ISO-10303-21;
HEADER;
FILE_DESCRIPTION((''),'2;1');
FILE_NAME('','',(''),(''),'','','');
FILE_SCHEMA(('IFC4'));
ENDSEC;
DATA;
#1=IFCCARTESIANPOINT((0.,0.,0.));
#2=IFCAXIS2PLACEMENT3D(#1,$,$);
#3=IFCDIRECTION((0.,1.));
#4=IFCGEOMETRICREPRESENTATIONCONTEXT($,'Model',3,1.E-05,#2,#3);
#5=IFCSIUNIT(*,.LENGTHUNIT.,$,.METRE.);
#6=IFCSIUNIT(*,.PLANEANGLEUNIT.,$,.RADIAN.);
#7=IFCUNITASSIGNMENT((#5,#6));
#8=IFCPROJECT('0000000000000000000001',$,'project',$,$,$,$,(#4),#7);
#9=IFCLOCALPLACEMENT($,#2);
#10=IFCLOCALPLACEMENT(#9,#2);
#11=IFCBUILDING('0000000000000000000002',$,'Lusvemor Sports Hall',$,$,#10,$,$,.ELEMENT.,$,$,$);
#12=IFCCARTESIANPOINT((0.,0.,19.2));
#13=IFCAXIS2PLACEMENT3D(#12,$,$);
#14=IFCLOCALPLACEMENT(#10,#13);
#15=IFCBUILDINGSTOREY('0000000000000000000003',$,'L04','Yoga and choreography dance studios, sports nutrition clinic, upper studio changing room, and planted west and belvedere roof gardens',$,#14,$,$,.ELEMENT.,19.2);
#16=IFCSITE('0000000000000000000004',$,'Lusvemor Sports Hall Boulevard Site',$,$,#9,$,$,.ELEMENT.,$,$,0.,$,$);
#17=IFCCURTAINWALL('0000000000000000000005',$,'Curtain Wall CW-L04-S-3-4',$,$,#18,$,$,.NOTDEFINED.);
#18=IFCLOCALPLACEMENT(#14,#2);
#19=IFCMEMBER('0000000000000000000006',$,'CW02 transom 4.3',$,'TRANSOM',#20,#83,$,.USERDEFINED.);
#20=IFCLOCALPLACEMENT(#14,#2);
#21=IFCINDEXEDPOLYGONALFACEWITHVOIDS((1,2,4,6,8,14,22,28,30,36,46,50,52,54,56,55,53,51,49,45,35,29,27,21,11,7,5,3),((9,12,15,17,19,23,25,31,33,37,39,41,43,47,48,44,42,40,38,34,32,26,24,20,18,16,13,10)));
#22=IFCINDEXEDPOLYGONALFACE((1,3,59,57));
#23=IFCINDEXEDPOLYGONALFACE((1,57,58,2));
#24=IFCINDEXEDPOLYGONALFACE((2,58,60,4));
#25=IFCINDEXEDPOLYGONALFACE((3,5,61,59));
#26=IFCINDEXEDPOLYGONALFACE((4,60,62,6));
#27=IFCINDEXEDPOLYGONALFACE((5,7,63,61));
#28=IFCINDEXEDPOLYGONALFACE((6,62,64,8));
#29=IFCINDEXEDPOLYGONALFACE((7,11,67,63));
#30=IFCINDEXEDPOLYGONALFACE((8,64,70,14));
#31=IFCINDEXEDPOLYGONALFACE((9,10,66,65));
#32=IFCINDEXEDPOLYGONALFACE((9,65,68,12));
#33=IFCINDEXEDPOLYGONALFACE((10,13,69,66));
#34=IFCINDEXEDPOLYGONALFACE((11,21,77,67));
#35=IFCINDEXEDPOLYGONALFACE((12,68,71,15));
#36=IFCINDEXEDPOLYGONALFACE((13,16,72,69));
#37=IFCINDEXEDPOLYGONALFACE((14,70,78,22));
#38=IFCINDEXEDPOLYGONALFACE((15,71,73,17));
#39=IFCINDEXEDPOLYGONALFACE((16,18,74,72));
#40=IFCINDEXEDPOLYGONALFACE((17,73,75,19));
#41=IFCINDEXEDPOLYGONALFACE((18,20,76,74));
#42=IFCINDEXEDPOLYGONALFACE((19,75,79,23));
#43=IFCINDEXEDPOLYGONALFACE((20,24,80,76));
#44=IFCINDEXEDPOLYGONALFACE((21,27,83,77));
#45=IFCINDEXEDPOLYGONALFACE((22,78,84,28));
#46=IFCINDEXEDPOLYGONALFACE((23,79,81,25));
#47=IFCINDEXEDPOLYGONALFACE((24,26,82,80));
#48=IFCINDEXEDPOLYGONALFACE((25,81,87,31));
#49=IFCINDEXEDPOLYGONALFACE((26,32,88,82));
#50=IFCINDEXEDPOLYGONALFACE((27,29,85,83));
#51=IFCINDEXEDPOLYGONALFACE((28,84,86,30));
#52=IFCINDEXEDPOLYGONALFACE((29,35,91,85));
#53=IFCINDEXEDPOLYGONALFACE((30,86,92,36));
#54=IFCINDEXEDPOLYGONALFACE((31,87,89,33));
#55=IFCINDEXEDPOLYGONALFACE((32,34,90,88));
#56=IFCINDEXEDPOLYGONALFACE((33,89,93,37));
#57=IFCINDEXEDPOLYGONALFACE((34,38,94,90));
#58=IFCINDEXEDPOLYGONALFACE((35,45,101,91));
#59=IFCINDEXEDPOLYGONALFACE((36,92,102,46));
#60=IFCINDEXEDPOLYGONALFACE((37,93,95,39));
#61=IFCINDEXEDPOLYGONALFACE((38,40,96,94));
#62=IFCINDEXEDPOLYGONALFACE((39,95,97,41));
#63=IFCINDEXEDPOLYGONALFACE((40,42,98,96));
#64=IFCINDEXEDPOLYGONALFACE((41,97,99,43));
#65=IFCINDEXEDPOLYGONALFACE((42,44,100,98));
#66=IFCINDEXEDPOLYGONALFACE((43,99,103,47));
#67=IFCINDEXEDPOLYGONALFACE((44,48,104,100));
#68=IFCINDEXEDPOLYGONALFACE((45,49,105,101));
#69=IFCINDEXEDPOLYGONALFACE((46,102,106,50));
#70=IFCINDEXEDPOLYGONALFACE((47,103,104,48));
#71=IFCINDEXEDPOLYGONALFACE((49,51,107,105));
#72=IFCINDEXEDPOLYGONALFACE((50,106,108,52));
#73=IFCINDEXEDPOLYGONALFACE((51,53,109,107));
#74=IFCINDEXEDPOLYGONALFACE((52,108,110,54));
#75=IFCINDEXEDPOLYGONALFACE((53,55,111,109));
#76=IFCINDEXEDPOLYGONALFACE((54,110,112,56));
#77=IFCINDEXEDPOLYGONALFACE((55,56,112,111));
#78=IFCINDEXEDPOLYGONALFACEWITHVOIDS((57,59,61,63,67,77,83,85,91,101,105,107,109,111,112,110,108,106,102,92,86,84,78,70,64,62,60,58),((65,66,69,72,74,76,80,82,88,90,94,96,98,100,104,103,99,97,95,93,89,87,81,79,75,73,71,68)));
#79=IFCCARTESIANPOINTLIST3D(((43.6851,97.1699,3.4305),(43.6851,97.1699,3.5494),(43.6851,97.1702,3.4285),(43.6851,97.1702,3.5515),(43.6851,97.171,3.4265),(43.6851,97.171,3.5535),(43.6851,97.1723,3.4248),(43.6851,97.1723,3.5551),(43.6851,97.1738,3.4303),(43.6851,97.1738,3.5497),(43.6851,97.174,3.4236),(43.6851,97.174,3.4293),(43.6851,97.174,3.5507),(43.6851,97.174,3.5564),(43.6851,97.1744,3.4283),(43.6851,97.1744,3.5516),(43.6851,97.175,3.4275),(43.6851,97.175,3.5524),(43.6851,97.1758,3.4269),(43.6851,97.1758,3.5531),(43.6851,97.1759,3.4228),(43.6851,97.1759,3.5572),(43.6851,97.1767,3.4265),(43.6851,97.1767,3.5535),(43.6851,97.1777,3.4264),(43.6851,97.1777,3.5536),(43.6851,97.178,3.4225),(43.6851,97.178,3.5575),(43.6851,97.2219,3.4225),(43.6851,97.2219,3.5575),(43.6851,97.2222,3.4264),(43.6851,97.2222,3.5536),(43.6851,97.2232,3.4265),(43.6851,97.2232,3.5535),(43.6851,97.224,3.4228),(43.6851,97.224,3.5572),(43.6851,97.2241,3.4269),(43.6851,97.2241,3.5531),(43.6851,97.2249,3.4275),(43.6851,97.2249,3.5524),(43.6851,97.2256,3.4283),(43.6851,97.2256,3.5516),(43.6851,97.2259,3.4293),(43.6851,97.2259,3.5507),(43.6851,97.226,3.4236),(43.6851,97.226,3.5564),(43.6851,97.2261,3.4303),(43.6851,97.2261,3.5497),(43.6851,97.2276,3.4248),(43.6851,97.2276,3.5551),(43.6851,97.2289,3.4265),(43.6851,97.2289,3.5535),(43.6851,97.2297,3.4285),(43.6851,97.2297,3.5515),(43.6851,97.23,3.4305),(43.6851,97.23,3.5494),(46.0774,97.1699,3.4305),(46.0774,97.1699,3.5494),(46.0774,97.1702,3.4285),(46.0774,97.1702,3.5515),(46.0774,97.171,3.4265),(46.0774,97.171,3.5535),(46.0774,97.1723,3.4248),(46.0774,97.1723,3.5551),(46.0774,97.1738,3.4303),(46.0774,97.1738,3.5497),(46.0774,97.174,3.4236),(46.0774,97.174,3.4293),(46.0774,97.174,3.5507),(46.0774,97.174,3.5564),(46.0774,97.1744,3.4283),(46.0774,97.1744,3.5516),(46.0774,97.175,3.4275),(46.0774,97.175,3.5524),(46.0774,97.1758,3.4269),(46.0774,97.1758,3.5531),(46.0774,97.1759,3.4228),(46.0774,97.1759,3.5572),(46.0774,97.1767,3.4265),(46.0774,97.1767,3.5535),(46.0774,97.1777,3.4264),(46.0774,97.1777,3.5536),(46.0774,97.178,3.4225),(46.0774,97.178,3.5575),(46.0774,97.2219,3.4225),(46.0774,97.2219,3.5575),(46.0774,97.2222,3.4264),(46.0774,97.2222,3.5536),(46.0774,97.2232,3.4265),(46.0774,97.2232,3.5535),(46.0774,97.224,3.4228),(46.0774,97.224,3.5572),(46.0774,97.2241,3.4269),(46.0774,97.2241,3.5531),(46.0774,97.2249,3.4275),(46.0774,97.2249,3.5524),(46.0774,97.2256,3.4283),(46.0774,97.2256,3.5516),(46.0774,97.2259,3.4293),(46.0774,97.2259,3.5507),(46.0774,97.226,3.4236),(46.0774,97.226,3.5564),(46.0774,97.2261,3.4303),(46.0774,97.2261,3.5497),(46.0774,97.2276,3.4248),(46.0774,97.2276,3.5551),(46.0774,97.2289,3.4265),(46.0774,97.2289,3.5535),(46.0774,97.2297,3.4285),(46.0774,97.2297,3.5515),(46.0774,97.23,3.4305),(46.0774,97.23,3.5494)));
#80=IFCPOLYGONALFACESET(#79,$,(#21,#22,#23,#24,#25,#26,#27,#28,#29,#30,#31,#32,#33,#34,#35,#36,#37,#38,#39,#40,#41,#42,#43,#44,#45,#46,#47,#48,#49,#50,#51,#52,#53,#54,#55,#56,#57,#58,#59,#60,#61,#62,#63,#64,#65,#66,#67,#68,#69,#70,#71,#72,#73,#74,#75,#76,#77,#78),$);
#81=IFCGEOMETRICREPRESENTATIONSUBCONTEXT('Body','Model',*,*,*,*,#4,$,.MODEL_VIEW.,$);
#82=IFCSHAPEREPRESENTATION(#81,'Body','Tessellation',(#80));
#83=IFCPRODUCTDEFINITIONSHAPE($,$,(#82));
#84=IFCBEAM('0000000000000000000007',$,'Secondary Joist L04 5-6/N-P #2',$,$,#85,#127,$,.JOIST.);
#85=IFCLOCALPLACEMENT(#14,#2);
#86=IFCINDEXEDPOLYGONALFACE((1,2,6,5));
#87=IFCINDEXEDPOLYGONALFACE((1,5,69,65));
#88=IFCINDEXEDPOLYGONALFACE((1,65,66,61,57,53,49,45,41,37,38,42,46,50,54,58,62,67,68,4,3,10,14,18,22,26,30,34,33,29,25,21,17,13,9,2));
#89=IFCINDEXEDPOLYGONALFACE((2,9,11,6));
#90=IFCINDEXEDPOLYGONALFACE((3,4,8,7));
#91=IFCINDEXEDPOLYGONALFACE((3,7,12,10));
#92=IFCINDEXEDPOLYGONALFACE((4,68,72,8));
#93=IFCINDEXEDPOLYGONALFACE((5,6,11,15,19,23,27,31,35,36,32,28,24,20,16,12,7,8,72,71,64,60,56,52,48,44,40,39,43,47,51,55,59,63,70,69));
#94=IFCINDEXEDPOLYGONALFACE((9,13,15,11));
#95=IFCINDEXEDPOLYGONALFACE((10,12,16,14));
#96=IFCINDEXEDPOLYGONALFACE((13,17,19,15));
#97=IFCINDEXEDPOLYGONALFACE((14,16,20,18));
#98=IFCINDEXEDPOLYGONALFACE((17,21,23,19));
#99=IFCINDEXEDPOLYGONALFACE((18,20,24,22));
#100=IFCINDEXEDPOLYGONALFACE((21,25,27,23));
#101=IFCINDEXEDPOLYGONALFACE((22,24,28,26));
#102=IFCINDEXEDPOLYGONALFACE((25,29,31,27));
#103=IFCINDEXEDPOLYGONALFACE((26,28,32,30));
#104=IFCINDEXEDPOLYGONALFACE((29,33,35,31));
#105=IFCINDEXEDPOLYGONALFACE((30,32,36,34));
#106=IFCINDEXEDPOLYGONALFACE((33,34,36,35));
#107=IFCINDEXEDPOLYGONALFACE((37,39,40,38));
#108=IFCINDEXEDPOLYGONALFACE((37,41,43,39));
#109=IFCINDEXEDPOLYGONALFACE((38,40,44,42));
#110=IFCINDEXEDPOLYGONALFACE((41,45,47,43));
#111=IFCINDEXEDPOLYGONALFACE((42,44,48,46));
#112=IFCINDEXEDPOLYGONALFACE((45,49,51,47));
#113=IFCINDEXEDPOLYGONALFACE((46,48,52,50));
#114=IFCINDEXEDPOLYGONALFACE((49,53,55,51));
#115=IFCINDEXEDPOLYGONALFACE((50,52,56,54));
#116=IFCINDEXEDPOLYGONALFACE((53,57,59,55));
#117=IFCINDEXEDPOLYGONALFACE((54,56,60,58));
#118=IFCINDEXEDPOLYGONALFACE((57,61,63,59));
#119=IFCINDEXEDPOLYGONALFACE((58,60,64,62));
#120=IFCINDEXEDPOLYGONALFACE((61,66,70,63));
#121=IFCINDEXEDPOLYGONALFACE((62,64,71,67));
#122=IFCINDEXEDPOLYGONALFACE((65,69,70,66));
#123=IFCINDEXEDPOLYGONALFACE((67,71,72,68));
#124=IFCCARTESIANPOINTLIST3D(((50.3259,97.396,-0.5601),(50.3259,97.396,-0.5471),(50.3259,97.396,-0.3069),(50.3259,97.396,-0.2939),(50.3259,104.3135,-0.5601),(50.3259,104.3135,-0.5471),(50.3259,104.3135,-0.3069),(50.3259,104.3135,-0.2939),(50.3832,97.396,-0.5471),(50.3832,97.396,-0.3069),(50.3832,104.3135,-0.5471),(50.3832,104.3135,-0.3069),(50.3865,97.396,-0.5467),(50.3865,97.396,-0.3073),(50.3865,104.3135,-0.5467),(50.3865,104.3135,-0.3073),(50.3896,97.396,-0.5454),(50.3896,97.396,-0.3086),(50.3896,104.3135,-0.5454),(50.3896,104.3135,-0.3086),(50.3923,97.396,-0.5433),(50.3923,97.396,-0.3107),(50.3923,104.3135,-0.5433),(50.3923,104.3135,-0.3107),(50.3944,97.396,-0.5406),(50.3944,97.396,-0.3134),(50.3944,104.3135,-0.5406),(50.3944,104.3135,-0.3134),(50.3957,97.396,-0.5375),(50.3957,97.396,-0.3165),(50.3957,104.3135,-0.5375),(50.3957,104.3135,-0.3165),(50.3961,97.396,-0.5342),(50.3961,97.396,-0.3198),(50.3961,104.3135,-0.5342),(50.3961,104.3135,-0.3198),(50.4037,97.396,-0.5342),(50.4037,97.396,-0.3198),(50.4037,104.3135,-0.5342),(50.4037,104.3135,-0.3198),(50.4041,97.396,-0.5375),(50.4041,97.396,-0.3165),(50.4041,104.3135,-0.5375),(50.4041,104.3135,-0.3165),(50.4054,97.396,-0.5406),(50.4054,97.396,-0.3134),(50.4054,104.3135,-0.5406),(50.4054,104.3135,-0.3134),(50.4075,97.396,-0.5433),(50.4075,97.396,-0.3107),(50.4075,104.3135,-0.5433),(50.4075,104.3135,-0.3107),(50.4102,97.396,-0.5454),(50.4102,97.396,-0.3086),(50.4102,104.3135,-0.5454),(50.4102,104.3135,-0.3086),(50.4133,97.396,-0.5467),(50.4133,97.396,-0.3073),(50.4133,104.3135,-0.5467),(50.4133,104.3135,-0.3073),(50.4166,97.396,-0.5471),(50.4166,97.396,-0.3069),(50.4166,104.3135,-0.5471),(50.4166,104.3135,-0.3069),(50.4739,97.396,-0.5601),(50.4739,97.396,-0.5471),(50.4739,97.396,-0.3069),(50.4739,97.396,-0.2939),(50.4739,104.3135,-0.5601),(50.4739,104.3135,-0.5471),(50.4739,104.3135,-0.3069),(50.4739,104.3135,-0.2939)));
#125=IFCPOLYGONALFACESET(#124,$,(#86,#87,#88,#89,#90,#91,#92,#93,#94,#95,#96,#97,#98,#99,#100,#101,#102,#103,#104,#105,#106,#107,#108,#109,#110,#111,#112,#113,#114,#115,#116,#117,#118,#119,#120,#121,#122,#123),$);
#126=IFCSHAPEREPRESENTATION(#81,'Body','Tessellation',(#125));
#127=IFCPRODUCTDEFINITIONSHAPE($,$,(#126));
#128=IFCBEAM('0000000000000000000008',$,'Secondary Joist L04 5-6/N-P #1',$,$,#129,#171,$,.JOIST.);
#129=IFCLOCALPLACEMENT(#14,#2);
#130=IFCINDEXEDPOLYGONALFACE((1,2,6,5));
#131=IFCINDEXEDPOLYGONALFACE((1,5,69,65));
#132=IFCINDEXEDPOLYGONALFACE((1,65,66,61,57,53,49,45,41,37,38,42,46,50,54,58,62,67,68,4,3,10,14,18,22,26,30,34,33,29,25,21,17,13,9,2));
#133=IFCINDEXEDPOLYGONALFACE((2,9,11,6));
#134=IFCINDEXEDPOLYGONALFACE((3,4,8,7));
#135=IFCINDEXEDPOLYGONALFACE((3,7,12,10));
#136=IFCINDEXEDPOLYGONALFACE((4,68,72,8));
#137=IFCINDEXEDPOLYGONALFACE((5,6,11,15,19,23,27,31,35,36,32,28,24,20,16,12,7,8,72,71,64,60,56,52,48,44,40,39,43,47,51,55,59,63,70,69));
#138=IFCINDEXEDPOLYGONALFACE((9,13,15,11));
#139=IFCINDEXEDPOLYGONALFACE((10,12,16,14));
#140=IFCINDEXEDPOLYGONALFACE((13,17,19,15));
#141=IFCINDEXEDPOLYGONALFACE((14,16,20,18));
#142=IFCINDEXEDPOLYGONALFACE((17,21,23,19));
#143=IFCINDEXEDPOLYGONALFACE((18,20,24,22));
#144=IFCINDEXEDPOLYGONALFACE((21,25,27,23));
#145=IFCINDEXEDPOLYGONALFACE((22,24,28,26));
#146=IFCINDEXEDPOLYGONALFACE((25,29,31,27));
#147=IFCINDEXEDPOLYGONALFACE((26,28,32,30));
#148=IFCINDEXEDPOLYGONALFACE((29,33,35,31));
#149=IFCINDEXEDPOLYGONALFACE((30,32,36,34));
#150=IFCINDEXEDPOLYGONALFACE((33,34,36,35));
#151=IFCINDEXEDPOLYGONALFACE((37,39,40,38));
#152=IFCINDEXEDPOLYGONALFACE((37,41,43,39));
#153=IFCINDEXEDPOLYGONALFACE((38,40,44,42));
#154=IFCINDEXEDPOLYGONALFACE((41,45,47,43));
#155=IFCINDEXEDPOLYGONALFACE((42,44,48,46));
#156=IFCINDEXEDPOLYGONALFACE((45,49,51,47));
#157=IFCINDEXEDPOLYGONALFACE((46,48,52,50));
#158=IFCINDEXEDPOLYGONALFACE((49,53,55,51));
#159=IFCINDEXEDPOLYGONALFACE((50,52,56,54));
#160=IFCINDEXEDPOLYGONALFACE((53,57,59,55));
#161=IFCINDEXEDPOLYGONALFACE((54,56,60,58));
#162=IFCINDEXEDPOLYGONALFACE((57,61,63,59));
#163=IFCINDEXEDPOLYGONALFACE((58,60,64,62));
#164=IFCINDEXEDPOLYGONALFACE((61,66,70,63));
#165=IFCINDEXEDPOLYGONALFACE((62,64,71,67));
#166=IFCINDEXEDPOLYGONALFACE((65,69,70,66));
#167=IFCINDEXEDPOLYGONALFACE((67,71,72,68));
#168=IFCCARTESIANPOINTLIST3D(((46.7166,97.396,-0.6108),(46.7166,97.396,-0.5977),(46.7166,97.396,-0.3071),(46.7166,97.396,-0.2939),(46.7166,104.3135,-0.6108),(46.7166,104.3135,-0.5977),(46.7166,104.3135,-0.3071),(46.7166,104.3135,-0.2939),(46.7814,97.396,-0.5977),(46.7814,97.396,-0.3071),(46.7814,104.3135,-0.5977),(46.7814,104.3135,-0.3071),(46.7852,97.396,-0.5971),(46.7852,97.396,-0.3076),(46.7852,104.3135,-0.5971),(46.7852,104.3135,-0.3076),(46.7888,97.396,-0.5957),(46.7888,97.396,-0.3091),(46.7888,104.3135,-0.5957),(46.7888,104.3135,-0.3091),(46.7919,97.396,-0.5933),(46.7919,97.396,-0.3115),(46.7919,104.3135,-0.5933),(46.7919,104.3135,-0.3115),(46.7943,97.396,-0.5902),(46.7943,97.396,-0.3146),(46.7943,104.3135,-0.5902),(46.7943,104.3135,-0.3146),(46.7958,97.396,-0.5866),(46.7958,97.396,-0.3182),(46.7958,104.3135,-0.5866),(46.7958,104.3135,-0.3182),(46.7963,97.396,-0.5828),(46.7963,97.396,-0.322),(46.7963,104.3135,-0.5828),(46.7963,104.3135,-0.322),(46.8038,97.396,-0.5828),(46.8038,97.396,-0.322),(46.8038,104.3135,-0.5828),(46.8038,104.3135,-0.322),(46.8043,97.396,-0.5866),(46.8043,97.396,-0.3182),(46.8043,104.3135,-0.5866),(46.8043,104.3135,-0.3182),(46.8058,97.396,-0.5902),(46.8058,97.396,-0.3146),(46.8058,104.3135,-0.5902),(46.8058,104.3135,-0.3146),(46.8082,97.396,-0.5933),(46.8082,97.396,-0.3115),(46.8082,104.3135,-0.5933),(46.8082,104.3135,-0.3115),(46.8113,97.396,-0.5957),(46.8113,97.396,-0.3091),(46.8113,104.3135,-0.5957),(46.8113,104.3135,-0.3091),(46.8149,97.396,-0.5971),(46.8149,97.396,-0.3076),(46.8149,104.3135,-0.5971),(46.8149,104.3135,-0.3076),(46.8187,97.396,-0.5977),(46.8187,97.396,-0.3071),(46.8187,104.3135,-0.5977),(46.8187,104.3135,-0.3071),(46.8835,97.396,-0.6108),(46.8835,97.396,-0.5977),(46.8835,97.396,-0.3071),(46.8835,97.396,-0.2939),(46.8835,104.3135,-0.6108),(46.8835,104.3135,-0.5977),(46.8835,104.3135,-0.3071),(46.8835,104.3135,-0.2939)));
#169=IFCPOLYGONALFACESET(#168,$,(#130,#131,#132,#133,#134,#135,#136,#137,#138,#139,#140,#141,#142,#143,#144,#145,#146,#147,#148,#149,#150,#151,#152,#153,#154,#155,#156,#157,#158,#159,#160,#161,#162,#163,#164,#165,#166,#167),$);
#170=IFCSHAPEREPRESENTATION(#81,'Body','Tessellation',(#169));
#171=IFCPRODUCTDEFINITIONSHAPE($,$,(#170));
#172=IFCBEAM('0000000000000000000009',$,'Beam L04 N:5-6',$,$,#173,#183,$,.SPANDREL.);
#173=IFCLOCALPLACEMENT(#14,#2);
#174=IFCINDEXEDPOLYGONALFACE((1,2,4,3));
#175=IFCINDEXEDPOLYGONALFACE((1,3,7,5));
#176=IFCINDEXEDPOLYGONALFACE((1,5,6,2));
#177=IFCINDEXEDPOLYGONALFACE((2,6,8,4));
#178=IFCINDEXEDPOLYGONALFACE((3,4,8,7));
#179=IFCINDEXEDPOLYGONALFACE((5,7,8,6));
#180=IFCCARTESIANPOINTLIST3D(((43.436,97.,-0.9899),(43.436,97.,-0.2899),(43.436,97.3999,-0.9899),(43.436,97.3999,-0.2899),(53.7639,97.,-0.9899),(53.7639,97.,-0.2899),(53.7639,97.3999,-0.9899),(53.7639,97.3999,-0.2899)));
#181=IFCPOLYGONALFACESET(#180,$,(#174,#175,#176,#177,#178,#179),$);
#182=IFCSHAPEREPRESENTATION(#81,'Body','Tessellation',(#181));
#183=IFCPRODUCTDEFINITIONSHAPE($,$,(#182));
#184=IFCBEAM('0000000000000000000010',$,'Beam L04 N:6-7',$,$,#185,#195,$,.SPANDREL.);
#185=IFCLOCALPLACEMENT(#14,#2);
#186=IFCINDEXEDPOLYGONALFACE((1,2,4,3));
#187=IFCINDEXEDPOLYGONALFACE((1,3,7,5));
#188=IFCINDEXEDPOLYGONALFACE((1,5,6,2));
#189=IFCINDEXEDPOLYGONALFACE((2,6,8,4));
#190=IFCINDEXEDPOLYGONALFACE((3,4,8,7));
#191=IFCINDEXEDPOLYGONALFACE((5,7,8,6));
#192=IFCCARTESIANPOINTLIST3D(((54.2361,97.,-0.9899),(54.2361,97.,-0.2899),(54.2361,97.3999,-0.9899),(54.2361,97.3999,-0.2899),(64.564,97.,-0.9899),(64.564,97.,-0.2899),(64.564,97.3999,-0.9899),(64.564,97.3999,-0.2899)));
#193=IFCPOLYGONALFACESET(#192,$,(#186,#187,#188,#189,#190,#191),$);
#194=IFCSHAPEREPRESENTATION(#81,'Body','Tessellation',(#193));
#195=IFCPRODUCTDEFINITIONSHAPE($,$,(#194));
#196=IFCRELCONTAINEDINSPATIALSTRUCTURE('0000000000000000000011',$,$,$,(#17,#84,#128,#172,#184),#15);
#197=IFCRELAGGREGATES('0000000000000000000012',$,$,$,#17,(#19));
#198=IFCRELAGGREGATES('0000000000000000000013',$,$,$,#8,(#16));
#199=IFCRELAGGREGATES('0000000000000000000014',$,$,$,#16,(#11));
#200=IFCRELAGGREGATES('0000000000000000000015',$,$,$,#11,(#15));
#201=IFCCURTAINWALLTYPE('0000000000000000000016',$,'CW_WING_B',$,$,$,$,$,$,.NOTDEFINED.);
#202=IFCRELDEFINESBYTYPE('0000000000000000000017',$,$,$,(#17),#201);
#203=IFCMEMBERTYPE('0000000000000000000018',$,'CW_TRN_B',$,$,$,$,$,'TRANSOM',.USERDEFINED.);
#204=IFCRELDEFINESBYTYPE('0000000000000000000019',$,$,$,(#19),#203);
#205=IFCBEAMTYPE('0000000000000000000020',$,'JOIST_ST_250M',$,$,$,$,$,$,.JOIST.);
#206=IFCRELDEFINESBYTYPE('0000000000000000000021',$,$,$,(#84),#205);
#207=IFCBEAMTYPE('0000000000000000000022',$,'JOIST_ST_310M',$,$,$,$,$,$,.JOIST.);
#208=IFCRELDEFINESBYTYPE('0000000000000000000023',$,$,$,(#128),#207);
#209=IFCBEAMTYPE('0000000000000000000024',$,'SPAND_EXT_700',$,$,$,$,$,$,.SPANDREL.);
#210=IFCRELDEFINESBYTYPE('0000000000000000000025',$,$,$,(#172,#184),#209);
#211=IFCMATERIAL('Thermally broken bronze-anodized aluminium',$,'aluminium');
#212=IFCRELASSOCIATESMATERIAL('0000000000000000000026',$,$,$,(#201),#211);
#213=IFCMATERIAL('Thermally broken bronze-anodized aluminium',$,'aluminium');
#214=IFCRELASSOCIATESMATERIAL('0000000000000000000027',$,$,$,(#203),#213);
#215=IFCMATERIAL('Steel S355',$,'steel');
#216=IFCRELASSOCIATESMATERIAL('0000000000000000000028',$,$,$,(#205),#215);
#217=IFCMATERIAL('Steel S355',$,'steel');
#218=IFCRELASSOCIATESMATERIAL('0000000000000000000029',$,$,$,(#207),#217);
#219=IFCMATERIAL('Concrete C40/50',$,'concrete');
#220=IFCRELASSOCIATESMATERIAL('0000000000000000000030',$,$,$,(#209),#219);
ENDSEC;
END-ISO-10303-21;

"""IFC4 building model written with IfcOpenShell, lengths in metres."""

from ifc_helpers import new_model, si_unit, direction, frame, origin, origin_2d, place, context, subcontext, project, spatial, rectangle, hollow_rectangle, i_section, extrude, material, material_profile, profile_set, type_object, element, aggregate, save


model = new_model("IFC4")

# Units and contexts
model_context = context("Model", 3, precision=1e-05, world=origin(), true_north=direction((0.0, 1.0)))
body_context = subcontext(model_context, "Body", "Model", "MODEL_VIEW")
ifc_project = project(units=[si_unit("LENGTHUNIT", "METRE"), si_unit("PLANEANGLEUNIT", "RADIAN")], contexts=[model_context])

# Site, building, storey
site_placement = place(None, origin())
site = spatial("IfcSite", under=ifc_project, at=site_placement, Name="Lusvemor Sports Hall Boulevard Site", CompositionType="ELEMENT", RefElevation=0.0)
building_placement = place(site_placement, origin())
building = spatial("IfcBuilding", under=site, at=building_placement, Name="Lusvemor Sports Hall", CompositionType="ELEMENT")
storey_placement = place(building_placement, frame((0.0, 0.0, 19.2)))
storey = spatial("IfcBuildingStorey", under=building, at=storey_placement, Name="L04", Description="Yoga and choreography dance studios, sports nutrition clinic, upper studio changing room, and planted west and belvedere roof gardens", CompositionType="ELEMENT", Elevation=19.2)

# Shared definitions
ifc_material_1 = material(Name="Thermally broken bronze-anodized aluminium", Category="aluminium")
curtain_wall_type = type_object("IfcCurtainWallType", Name="CW_WING_B", PredefinedType="NOTDEFINED", material=ifc_material_1)

# Curtain wall
curtain_wall_1_placement = place(storey_placement, origin())
curtain_wall_1 = element("IfcCurtainWall", 1, at=curtain_wall_1_placement, inside=storey, type_object=curtain_wall_type, Name="Curtain Wall CW-L04-S-3-4", PredefinedType="NOTDEFINED")

# Member
ifc_material_2 = material(Name="Thermally broken bronze-anodized aluminium", Category="aluminium")
ifc_material_profile_1 = material_profile(ifc_material_2, hollow_rectangle(XDim=0.0601, YDim=0.135, WallThickness=0.0039, InnerFilletRadius=0.0039, OuterFilletRadius=0.0081, at=origin_2d()), Name="CWTRN135x60x4")
ifc_profile_set_1 = profile_set([ifc_material_profile_1], Name="Thermally broken bronze-anodized aluminium")
member_type_1 = type_object("IfcMemberType", Name="CW_TRN_B", ElementType="TRANSOM", PredefinedType="USERDEFINED", material=ifc_profile_set_1)
member_1_placement = place(storey_placement, frame((46.0774, 97.2, 3.49), z_axis=(-1.0, 0.0, 0.0), x_axis=(0.0, -1.0, 0.0)))
member_1 = element("IfcMember", 2, at=member_1_placement, type_object=member_type_1, Name="CW02 transom 4.3", ObjectType="TRANSOM", PredefinedType="USERDEFINED", context=body_context, shape_type="SweptSolid", body=[
    extrude(hollow_rectangle(XDim=0.0601, YDim=0.135, WallThickness=0.0039, InnerFilletRadius=0.0039, OuterFilletRadius=0.0081, at=origin_2d()), origin(), (0.0, 0.0, 1.0), 2.3923),
])

# Beams
ifc_material_3 = material(Name="Steel S355", Category="steel")
ifc_material_profile_2 = material_profile(ifc_material_3, i_section(OverallWidth=0.1479, OverallDepth=0.2661, WebThickness=0.0076, FlangeThickness=0.0129, FilletRadius=0.0129, at=origin_2d()), Name="W250x44.8")
ifc_profile_set_2 = profile_set([ifc_material_profile_2], Name="Steel S355")
beam_type_1 = type_object("IfcBeamType", Name="JOIST_ST_250M", PredefinedType="JOIST", material=ifc_profile_set_2)
beam_1_placement = place(storey_placement, frame((50.3999, 97.396, -0.427), z_axis=(0.0, 1.0, 0.0), x_axis=(-1.0, 0.0, 0.0)))
element("IfcBeam", 3, at=beam_1_placement, inside=storey, type_object=beam_type_1, Name="Secondary Joist L04 5-6/N-P #2", PredefinedType="JOIST", context=body_context, shape_type="SweptSolid", body=[
    extrude(i_section(OverallWidth=0.1479, OverallDepth=0.2661, WebThickness=0.0076, FlangeThickness=0.0129, FilletRadius=0.0129, at=origin_2d()), origin(), (0.0, 0.0, 1.0), 6.9175),
])
ifc_material_4 = material(Name="Steel S355", Category="steel")
ifc_material_profile_3 = material_profile(ifc_material_4, i_section(OverallWidth=0.167, OverallDepth=0.3169, WebThickness=0.0076, FlangeThickness=0.0132, FilletRadius=0.0149, at=origin_2d()), Name="W310x52.0")
ifc_profile_set_3 = profile_set([ifc_material_profile_3], Name="Steel S355")
beam_type_2 = type_object("IfcBeamType", Name="JOIST_ST_310M", PredefinedType="JOIST", material=ifc_profile_set_3)
beam_2_placement = place(storey_placement, frame((46.8, 97.396, -0.4524), z_axis=(0.0, 1.0, 0.0), x_axis=(-1.0, 0.0, 0.0)))
element("IfcBeam", 4, at=beam_2_placement, inside=storey, type_object=beam_type_2, Name="Secondary Joist L04 5-6/N-P #1", PredefinedType="JOIST", context=body_context, shape_type="SweptSolid", body=[
    extrude(i_section(OverallWidth=0.167, OverallDepth=0.3169, WebThickness=0.0076, FlangeThickness=0.0132, FilletRadius=0.0149, at=origin_2d()), origin(), (0.0, 0.0, 1.0), 6.9175),
])
ifc_material_5 = material(Name="Concrete C40/50", Category="concrete")
ifc_material_profile_4 = material_profile(ifc_material_5, rectangle(XDim=0.3999, YDim=0.7, at=origin_2d()), Name="RC400x700")
ifc_profile_set_4 = profile_set([ifc_material_profile_4], Name="Concrete C40/50")
beam_type_3 = type_object("IfcBeamType", Name="SPAND_EXT_700", PredefinedType="SPANDREL", material=ifc_profile_set_4)
for number, where, z_axis, x_axis, name in (
    (5, (43.436, 97.2, -0.6399), (1.0, 0.0, 0.0), (0.0, 1.0, 0.0), "Beam L04 N:5-6"),
    (6, (54.2361, 97.2, -0.6399), (1.0, 0.0, 0.0), (0.0, 1.0, 0.0), "Beam L04 N:6-7"),
):
    element("IfcBeam", number, at=place(storey_placement, frame(where, z_axis=z_axis, x_axis=x_axis)), inside=storey, type_object=beam_type_3, Name=name, PredefinedType="SPANDREL", context=body_context, shape_type="SweptSolid", body=[
        extrude(rectangle(XDim=0.3999, YDim=0.7, at=origin_2d()), origin(), (0.0, 0.0, 1.0), 10.3279),
    ])

aggregate(curtain_wall_1, [member_1])

save(model, "model.ifc")
